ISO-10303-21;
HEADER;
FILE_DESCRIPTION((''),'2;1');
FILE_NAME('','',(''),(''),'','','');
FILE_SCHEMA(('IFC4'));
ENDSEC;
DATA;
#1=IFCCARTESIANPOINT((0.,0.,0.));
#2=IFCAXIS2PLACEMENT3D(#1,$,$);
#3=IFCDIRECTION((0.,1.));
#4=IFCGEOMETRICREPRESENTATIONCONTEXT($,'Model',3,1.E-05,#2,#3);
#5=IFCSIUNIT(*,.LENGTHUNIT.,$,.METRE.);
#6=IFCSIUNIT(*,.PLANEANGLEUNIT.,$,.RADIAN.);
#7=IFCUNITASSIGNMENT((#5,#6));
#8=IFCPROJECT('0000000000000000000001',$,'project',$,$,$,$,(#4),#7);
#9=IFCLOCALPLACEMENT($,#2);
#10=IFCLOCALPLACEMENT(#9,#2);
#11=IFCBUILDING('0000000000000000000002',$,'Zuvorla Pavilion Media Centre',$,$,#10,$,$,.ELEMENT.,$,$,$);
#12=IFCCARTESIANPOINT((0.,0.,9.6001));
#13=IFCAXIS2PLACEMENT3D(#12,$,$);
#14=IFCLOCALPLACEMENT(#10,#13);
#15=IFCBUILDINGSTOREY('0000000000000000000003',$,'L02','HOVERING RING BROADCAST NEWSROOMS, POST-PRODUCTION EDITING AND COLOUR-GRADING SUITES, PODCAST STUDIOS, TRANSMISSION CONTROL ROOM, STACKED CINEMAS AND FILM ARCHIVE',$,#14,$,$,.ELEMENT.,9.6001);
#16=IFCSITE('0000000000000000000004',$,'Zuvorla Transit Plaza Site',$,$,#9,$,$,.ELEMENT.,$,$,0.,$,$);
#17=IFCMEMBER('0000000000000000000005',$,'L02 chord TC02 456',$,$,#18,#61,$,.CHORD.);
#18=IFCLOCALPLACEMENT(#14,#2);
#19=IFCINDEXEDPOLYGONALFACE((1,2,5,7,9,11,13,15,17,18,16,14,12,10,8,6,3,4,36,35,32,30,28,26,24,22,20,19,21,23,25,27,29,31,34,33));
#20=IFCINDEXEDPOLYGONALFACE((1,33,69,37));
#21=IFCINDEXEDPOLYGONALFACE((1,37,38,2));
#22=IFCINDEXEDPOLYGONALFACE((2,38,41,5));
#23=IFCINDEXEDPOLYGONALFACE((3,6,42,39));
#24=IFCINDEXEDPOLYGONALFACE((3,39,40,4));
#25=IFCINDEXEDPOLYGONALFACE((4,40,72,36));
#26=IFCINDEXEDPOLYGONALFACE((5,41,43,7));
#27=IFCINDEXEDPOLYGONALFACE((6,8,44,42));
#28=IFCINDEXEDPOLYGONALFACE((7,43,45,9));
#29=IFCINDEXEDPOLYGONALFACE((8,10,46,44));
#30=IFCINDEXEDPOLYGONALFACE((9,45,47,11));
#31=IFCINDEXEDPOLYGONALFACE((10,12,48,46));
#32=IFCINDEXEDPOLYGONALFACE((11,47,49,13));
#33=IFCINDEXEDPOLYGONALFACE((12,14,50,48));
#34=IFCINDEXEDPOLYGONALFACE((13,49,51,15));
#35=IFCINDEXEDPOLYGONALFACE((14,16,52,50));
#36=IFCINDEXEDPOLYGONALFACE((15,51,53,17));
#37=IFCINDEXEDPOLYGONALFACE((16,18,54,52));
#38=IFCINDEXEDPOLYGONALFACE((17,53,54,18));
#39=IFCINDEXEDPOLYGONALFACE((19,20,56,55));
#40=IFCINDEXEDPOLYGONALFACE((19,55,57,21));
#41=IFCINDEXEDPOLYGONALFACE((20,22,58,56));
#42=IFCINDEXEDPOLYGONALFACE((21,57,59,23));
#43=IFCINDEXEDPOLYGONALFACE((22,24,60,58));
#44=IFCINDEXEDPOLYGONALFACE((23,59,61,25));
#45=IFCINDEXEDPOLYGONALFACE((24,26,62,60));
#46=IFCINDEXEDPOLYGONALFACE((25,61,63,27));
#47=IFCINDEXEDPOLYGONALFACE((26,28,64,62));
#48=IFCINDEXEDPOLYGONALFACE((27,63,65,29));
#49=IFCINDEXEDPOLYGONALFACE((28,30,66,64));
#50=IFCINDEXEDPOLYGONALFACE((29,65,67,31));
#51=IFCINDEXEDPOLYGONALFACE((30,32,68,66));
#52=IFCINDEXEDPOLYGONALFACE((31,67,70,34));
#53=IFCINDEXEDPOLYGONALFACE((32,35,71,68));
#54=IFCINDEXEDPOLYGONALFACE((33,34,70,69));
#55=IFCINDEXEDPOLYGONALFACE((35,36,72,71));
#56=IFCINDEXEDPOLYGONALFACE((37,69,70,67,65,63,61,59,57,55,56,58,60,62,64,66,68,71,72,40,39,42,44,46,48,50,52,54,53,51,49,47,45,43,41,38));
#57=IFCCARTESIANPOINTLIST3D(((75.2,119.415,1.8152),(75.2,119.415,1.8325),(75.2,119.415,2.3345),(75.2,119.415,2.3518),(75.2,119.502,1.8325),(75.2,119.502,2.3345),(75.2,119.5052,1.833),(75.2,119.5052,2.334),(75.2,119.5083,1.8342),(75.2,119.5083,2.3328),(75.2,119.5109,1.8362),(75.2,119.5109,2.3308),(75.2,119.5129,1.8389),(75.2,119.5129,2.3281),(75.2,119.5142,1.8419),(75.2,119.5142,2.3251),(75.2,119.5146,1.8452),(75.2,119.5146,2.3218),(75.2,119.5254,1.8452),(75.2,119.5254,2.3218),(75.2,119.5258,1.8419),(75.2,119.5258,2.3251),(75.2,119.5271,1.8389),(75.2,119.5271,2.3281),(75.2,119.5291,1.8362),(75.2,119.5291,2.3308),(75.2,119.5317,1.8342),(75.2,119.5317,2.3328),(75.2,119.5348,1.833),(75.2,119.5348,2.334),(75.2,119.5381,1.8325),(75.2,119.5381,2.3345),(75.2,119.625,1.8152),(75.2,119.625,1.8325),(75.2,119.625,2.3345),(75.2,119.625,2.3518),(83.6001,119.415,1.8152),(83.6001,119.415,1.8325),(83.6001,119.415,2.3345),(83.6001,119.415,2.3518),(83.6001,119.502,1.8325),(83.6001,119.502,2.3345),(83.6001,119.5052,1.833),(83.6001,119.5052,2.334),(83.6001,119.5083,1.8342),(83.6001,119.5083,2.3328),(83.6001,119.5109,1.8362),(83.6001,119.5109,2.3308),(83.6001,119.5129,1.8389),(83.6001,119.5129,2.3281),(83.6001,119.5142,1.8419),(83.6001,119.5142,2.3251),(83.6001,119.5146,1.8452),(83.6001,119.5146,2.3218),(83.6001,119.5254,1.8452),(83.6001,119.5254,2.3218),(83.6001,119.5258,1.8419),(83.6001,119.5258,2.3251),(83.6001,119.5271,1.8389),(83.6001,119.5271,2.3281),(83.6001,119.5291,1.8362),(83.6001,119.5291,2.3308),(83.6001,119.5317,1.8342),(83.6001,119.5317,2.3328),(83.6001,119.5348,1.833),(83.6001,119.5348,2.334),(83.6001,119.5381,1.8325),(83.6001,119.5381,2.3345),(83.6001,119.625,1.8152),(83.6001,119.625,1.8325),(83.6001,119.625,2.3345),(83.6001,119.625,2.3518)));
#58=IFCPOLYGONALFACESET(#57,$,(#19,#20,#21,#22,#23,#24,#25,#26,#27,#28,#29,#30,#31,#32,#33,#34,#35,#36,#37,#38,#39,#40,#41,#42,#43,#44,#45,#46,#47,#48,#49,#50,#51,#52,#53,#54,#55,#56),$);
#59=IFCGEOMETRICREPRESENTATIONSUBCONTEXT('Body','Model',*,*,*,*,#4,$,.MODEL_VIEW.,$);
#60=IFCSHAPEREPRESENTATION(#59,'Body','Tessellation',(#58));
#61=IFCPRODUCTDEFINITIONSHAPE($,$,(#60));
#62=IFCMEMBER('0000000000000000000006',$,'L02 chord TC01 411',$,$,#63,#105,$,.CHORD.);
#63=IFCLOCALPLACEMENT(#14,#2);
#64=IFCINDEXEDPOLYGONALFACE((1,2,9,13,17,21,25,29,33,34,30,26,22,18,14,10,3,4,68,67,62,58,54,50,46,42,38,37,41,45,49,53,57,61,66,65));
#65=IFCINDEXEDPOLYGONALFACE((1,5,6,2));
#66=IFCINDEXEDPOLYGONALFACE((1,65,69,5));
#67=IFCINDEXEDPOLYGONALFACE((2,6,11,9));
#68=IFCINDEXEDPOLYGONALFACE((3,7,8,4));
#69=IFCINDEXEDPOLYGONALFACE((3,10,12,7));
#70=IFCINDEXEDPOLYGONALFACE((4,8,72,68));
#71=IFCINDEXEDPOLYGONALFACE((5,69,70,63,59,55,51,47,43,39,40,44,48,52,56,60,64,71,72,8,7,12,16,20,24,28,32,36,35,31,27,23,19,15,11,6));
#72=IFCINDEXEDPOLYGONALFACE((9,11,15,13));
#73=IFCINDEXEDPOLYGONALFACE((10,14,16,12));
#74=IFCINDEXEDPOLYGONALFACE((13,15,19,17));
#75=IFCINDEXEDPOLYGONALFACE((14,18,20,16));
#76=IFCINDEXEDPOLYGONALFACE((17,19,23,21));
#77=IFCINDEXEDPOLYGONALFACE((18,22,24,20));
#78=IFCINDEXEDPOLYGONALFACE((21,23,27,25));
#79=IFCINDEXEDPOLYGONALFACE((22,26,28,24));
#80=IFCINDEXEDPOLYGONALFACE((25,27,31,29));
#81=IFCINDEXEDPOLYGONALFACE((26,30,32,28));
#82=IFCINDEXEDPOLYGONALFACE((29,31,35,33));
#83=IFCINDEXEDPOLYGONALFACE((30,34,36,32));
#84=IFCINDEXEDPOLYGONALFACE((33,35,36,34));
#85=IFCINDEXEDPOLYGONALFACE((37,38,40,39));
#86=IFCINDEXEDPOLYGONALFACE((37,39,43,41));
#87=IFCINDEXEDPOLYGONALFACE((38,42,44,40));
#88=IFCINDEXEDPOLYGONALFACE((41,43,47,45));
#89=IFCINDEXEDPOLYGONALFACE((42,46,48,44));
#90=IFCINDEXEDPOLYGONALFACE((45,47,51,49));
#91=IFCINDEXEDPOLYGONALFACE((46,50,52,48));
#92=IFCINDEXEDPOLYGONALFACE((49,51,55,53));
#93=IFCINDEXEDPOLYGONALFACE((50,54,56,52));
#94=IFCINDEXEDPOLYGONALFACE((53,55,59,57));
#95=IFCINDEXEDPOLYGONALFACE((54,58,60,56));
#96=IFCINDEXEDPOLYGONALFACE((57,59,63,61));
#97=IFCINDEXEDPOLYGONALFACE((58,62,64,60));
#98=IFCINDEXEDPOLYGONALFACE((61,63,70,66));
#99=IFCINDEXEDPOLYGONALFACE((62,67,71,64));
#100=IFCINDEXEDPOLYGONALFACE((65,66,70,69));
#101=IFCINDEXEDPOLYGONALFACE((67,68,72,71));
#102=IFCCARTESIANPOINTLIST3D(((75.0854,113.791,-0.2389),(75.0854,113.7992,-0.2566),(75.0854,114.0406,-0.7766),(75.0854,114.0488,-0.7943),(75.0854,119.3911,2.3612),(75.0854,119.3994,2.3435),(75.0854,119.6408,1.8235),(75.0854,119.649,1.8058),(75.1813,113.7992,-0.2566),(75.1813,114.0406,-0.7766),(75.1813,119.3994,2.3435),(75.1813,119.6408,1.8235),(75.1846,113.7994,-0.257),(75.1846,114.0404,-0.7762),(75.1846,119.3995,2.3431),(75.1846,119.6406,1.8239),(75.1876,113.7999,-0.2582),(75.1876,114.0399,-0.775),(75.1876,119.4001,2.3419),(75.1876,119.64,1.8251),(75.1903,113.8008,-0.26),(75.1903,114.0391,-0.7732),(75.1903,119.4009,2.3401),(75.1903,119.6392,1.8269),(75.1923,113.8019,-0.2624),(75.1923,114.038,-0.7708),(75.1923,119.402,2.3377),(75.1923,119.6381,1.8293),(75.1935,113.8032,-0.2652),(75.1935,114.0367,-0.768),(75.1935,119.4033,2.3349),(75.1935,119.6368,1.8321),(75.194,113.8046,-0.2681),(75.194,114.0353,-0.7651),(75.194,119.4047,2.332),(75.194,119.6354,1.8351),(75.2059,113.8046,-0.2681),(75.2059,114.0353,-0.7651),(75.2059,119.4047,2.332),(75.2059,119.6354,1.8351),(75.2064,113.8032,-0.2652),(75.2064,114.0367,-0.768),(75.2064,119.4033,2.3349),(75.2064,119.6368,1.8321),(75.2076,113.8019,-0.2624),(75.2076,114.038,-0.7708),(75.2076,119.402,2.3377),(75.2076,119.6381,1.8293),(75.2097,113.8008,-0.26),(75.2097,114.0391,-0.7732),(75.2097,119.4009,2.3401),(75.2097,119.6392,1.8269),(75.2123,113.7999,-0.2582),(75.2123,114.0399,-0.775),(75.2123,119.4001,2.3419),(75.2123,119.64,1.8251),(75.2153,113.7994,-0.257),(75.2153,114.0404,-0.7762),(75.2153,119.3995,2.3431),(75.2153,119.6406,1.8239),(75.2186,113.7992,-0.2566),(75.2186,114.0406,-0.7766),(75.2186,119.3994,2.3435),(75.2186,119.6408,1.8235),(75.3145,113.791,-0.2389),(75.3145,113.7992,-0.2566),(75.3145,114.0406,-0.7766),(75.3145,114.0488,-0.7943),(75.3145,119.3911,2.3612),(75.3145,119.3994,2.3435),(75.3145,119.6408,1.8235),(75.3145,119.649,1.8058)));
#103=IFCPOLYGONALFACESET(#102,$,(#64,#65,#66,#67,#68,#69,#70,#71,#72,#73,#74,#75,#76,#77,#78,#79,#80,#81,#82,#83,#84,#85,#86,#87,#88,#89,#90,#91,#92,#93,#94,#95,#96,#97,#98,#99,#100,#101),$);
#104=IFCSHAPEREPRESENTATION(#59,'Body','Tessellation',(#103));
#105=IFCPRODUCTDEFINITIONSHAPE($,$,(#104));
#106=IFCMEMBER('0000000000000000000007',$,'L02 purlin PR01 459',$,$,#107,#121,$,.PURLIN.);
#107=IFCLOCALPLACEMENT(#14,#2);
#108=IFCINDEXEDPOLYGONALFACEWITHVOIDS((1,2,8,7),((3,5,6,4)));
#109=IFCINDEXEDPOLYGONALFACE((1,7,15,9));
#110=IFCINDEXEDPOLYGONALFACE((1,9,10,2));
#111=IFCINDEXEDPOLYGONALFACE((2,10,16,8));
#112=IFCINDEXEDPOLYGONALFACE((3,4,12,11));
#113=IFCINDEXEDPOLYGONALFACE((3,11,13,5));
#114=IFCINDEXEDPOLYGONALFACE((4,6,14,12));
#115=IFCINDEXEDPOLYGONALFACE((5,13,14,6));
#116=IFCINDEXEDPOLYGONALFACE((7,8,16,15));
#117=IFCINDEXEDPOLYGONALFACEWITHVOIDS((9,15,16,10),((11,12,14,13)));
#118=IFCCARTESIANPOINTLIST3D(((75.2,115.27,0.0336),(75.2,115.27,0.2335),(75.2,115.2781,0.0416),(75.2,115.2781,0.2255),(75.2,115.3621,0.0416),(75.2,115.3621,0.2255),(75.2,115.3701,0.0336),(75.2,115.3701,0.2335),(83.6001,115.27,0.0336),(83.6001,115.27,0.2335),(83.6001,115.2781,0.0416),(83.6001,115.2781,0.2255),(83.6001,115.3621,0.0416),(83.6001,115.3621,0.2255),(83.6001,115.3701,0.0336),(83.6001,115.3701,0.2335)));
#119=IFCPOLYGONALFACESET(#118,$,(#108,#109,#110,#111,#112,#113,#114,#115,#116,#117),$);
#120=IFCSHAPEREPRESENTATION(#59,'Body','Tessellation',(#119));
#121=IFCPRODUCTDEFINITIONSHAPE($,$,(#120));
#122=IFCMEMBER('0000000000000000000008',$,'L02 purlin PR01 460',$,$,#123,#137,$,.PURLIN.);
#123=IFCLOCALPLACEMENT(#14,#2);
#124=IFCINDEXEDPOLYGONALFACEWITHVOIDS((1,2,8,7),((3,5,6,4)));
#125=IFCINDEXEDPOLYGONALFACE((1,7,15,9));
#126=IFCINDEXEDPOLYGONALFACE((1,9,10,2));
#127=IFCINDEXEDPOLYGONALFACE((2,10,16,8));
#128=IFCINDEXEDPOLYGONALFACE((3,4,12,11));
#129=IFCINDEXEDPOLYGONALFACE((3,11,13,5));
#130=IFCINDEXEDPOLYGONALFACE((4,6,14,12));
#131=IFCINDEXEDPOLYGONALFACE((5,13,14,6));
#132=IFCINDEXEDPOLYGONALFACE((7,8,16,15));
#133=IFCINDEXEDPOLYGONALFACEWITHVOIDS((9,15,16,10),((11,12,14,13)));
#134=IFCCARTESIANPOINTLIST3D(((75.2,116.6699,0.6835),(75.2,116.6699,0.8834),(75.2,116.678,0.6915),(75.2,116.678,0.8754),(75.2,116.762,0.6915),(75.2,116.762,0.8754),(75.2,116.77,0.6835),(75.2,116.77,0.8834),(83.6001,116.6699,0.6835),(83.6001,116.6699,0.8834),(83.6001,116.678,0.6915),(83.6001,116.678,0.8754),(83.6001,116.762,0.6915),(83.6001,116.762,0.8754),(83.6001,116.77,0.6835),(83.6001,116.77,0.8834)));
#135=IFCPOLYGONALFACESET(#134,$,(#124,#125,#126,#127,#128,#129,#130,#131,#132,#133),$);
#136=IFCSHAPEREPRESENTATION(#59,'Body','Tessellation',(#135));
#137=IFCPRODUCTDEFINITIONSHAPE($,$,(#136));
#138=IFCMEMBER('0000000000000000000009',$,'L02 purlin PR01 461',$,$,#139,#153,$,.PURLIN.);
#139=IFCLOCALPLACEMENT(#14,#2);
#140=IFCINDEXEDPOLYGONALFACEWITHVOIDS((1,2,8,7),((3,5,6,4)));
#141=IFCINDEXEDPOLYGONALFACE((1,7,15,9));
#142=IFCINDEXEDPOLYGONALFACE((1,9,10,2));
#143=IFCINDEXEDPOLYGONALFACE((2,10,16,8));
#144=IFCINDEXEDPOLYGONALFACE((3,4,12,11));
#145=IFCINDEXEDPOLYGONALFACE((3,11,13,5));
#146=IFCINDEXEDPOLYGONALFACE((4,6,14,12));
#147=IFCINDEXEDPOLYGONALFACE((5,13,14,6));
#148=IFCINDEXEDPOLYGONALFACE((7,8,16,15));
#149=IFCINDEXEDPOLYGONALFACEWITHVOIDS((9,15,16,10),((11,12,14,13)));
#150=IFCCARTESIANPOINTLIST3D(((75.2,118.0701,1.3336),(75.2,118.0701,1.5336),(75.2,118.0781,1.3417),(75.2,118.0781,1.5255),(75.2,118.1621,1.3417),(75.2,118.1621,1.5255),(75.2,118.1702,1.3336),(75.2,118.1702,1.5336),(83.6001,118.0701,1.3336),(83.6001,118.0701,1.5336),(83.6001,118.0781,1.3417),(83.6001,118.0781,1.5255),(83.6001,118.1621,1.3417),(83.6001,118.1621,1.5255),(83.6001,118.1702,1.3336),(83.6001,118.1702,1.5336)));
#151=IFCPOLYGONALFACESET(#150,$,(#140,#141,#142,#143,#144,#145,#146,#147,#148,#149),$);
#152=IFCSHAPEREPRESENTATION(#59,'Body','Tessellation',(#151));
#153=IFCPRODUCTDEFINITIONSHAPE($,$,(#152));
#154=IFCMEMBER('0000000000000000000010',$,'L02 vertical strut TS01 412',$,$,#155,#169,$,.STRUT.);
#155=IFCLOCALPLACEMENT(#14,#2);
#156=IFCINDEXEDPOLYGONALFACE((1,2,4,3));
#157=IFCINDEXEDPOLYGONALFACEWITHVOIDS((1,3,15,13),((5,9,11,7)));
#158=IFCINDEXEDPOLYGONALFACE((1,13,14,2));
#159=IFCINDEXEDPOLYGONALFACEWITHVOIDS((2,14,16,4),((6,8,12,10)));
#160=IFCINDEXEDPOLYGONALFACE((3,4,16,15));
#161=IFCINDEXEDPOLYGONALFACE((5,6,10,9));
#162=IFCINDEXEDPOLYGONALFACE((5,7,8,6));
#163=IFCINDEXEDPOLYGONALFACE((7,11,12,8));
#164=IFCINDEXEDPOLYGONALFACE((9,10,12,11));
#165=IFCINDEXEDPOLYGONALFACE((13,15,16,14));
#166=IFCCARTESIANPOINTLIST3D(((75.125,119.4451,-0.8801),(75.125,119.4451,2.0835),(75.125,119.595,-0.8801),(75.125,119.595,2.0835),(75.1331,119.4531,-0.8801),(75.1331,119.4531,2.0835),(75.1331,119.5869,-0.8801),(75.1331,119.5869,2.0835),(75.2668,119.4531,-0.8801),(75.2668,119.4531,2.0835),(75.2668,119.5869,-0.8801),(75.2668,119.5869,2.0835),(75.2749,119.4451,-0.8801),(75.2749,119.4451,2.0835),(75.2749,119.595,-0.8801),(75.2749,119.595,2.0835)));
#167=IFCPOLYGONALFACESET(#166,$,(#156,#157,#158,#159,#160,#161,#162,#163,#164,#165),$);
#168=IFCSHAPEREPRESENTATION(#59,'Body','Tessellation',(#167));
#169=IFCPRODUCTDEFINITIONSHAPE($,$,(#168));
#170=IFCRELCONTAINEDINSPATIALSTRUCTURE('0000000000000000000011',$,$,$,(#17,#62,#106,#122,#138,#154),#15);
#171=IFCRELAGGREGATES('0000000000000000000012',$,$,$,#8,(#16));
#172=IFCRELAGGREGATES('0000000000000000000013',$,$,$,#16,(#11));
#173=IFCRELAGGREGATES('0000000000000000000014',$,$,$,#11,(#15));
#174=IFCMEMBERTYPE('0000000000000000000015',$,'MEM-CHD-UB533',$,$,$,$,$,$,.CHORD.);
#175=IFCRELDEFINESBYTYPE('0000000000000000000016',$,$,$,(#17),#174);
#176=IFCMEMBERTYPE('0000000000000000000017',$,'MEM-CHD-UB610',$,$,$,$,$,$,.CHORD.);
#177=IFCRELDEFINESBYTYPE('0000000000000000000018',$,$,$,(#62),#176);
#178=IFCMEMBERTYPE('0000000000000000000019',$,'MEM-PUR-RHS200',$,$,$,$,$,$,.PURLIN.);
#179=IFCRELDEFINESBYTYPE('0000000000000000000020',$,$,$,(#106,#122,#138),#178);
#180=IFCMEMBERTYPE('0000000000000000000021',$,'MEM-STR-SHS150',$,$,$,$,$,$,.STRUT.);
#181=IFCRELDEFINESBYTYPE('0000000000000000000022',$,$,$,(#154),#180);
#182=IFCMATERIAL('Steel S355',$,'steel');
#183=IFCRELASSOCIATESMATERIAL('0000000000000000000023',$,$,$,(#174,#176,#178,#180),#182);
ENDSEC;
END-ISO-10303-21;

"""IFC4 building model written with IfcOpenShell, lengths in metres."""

from ifc_helpers import new_model, si_unit, direction, frame, origin, origin_2d, place, context, subcontext, project, spatial, hollow_rectangle, i_section, extrude, material, material_profile, profile_set, type_object, element, save


model = new_model("IFC4")

# Units and contexts
model_context = context("Model", 3, precision=1e-05, world=origin(), true_north=direction((0.0, 1.0)))
body_context = subcontext(model_context, "Body", "Model", "MODEL_VIEW")
ifc_project = project(units=[si_unit("LENGTHUNIT", "METRE"), si_unit("PLANEANGLEUNIT", "RADIAN")], contexts=[model_context])

# Site, building, storey
site_placement = place(None, origin())
site = spatial("IfcSite", under=ifc_project, at=site_placement, Name="Zuvorla Transit Plaza Site", CompositionType="ELEMENT", RefElevation=0.0)
building_placement = place(site_placement, origin())
building = spatial("IfcBuilding", under=site, at=building_placement, Name="Zuvorla Pavilion Media Centre", CompositionType="ELEMENT")
storey_placement = place(building_placement, frame((0.0, 0.0, 9.6001)))
storey = spatial("IfcBuildingStorey", under=building, at=storey_placement, Name="L02", Description="HOVERING RING BROADCAST NEWSROOMS, POST-PRODUCTION EDITING AND COLOUR-GRADING SUITES, PODCAST STUDIOS, TRANSMISSION CONTROL ROOM, STACKED CINEMAS AND FILM ARCHIVE", CompositionType="ELEMENT", Elevation=9.6001)

# Shared definitions
ifc_material_1 = material(Name="Steel S355", Category="steel")

# Members
ifc_material_profile_1 = material_profile(ifc_material_1, i_section(OverallWidth=0.21, OverallDepth=0.5366, WebThickness=0.0107, FlangeThickness=0.0173, FilletRadius=0.0127, at=origin_2d()), Name="UB 533x210x101")
ifc_profile_set_1 = profile_set([ifc_material_profile_1], Name="Steel S355")
member_type_1 = type_object("IfcMemberType", Name="MEM-CHD-UB533", PredefinedType="CHORD", material=ifc_profile_set_1)
member_1_placement = place(storey_placement, frame((75.2, 119.52, 2.0835), z_axis=(1.0, 0.0, 0.0), x_axis=(0.0, 1.0, 0.0)))
element("IfcMember", 1, at=member_1_placement, inside=storey, type_object=member_type_1, Name="L02 chord TC02 456", PredefinedType="CHORD", context=body_context, shape_type="SweptSolid", body=[
    extrude(i_section(OverallWidth=0.21, OverallDepth=0.5366, WebThickness=0.0107, FlangeThickness=0.0173, FilletRadius=0.0127, at=origin_2d()), origin(), (0.0, 0.0, 1.0), 8.4001),
])
ifc_material_profile_2 = material_profile(ifc_material_1, i_section(OverallWidth=0.229, OverallDepth=0.6123, WebThickness=0.012, FlangeThickness=0.0195, FilletRadius=0.0127, at=origin_2d()), Name="UB 610x229x125")
ifc_profile_set_2 = profile_set([ifc_material_profile_2], Name="Steel S355")
member_type_2 = type_object("IfcMemberType", Name="MEM-CHD-UB610", PredefinedType="CHORD", material=ifc_profile_set_2)
member_2_placement = place(storey_placement, frame((75.2, 113.9199, -0.5166), z_axis=(0.0, 0.907006, 0.421118), x_axis=(-1.0, 0.0, 0.0)))
element("IfcMember", 2, at=member_2_placement, inside=storey, type_object=member_type_2, Name="L02 chord TC01 411", PredefinedType="CHORD", context=body_context, shape_type="SweptSolid", body=[
    extrude(i_section(OverallWidth=0.229, OverallDepth=0.6123, WebThickness=0.012, FlangeThickness=0.0195, FilletRadius=0.0127, at=origin_2d()), origin(), (0.0, 0.0, 1.0), 6.1743),
])
ifc_material_profile_3 = material_profile(ifc_material_1, hollow_rectangle(XDim=0.1001, YDim=0.2, WallThickness=0.0081, at=origin_2d()), Name="RHS 200x100x8")
ifc_profile_set_3 = profile_set([ifc_material_profile_3], Name="Steel S355")
member_type_3 = type_object("IfcMemberType", Name="MEM-PUR-RHS200", PredefinedType="PURLIN", material=ifc_profile_set_3)
for number, where, z_axis, x_axis, name in (
    (3, (75.2, 115.3201, 0.1335), (1.0, 0.0, 0.0), (0.0, 1.0, 0.0), "L02 purlin PR01 459"),
    (4, (75.2, 116.72, 0.7834), (1.0, 0.0, 0.0), (0.0, 1.0, 0.0), "L02 purlin PR01 460"),
    (5, (75.2, 118.1201, 1.4336), (1.0, 0.0, 0.0), (0.0, 1.0, 0.0), "L02 purlin PR01 461"),
):
    element("IfcMember", number, at=place(storey_placement, frame(where, z_axis=z_axis, x_axis=x_axis)), inside=storey, type_object=member_type_3, Name=name, PredefinedType="PURLIN", context=body_context, shape_type="SweptSolid", body=[
        extrude(hollow_rectangle(XDim=0.1001, YDim=0.2, WallThickness=0.0081, at=origin_2d()), origin(), (0.0, 0.0, 1.0), 8.4001),
    ])
ifc_material_profile_4 = material_profile(ifc_material_1, hollow_rectangle(XDim=0.1499, YDim=0.1499, WallThickness=0.0081, at=origin_2d()), Name="SHS 150x150x8")
ifc_profile_set_4 = profile_set([ifc_material_profile_4], Name="Steel S355")
member_type_4 = type_object("IfcMemberType", Name="MEM-STR-SHS150", PredefinedType="STRUT", material=ifc_profile_set_4)
member_3_placement = place(storey_placement, frame((75.2, 119.52, -0.8801), z_axis=(0.0, 0.0, 1.0), x_axis=(1.0, 0.0, 0.0)))
element("IfcMember", 6, at=member_3_placement, inside=storey, type_object=member_type_4, Name="L02 vertical strut TS01 412", PredefinedType="STRUT", context=body_context, shape_type="SweptSolid", body=[
    extrude(hollow_rectangle(XDim=0.1499, YDim=0.1499, WallThickness=0.0081, at=origin_2d()), origin(), (0.0, 0.0, 1.0), 2.9636),
])

save(model, "model.ifc")
